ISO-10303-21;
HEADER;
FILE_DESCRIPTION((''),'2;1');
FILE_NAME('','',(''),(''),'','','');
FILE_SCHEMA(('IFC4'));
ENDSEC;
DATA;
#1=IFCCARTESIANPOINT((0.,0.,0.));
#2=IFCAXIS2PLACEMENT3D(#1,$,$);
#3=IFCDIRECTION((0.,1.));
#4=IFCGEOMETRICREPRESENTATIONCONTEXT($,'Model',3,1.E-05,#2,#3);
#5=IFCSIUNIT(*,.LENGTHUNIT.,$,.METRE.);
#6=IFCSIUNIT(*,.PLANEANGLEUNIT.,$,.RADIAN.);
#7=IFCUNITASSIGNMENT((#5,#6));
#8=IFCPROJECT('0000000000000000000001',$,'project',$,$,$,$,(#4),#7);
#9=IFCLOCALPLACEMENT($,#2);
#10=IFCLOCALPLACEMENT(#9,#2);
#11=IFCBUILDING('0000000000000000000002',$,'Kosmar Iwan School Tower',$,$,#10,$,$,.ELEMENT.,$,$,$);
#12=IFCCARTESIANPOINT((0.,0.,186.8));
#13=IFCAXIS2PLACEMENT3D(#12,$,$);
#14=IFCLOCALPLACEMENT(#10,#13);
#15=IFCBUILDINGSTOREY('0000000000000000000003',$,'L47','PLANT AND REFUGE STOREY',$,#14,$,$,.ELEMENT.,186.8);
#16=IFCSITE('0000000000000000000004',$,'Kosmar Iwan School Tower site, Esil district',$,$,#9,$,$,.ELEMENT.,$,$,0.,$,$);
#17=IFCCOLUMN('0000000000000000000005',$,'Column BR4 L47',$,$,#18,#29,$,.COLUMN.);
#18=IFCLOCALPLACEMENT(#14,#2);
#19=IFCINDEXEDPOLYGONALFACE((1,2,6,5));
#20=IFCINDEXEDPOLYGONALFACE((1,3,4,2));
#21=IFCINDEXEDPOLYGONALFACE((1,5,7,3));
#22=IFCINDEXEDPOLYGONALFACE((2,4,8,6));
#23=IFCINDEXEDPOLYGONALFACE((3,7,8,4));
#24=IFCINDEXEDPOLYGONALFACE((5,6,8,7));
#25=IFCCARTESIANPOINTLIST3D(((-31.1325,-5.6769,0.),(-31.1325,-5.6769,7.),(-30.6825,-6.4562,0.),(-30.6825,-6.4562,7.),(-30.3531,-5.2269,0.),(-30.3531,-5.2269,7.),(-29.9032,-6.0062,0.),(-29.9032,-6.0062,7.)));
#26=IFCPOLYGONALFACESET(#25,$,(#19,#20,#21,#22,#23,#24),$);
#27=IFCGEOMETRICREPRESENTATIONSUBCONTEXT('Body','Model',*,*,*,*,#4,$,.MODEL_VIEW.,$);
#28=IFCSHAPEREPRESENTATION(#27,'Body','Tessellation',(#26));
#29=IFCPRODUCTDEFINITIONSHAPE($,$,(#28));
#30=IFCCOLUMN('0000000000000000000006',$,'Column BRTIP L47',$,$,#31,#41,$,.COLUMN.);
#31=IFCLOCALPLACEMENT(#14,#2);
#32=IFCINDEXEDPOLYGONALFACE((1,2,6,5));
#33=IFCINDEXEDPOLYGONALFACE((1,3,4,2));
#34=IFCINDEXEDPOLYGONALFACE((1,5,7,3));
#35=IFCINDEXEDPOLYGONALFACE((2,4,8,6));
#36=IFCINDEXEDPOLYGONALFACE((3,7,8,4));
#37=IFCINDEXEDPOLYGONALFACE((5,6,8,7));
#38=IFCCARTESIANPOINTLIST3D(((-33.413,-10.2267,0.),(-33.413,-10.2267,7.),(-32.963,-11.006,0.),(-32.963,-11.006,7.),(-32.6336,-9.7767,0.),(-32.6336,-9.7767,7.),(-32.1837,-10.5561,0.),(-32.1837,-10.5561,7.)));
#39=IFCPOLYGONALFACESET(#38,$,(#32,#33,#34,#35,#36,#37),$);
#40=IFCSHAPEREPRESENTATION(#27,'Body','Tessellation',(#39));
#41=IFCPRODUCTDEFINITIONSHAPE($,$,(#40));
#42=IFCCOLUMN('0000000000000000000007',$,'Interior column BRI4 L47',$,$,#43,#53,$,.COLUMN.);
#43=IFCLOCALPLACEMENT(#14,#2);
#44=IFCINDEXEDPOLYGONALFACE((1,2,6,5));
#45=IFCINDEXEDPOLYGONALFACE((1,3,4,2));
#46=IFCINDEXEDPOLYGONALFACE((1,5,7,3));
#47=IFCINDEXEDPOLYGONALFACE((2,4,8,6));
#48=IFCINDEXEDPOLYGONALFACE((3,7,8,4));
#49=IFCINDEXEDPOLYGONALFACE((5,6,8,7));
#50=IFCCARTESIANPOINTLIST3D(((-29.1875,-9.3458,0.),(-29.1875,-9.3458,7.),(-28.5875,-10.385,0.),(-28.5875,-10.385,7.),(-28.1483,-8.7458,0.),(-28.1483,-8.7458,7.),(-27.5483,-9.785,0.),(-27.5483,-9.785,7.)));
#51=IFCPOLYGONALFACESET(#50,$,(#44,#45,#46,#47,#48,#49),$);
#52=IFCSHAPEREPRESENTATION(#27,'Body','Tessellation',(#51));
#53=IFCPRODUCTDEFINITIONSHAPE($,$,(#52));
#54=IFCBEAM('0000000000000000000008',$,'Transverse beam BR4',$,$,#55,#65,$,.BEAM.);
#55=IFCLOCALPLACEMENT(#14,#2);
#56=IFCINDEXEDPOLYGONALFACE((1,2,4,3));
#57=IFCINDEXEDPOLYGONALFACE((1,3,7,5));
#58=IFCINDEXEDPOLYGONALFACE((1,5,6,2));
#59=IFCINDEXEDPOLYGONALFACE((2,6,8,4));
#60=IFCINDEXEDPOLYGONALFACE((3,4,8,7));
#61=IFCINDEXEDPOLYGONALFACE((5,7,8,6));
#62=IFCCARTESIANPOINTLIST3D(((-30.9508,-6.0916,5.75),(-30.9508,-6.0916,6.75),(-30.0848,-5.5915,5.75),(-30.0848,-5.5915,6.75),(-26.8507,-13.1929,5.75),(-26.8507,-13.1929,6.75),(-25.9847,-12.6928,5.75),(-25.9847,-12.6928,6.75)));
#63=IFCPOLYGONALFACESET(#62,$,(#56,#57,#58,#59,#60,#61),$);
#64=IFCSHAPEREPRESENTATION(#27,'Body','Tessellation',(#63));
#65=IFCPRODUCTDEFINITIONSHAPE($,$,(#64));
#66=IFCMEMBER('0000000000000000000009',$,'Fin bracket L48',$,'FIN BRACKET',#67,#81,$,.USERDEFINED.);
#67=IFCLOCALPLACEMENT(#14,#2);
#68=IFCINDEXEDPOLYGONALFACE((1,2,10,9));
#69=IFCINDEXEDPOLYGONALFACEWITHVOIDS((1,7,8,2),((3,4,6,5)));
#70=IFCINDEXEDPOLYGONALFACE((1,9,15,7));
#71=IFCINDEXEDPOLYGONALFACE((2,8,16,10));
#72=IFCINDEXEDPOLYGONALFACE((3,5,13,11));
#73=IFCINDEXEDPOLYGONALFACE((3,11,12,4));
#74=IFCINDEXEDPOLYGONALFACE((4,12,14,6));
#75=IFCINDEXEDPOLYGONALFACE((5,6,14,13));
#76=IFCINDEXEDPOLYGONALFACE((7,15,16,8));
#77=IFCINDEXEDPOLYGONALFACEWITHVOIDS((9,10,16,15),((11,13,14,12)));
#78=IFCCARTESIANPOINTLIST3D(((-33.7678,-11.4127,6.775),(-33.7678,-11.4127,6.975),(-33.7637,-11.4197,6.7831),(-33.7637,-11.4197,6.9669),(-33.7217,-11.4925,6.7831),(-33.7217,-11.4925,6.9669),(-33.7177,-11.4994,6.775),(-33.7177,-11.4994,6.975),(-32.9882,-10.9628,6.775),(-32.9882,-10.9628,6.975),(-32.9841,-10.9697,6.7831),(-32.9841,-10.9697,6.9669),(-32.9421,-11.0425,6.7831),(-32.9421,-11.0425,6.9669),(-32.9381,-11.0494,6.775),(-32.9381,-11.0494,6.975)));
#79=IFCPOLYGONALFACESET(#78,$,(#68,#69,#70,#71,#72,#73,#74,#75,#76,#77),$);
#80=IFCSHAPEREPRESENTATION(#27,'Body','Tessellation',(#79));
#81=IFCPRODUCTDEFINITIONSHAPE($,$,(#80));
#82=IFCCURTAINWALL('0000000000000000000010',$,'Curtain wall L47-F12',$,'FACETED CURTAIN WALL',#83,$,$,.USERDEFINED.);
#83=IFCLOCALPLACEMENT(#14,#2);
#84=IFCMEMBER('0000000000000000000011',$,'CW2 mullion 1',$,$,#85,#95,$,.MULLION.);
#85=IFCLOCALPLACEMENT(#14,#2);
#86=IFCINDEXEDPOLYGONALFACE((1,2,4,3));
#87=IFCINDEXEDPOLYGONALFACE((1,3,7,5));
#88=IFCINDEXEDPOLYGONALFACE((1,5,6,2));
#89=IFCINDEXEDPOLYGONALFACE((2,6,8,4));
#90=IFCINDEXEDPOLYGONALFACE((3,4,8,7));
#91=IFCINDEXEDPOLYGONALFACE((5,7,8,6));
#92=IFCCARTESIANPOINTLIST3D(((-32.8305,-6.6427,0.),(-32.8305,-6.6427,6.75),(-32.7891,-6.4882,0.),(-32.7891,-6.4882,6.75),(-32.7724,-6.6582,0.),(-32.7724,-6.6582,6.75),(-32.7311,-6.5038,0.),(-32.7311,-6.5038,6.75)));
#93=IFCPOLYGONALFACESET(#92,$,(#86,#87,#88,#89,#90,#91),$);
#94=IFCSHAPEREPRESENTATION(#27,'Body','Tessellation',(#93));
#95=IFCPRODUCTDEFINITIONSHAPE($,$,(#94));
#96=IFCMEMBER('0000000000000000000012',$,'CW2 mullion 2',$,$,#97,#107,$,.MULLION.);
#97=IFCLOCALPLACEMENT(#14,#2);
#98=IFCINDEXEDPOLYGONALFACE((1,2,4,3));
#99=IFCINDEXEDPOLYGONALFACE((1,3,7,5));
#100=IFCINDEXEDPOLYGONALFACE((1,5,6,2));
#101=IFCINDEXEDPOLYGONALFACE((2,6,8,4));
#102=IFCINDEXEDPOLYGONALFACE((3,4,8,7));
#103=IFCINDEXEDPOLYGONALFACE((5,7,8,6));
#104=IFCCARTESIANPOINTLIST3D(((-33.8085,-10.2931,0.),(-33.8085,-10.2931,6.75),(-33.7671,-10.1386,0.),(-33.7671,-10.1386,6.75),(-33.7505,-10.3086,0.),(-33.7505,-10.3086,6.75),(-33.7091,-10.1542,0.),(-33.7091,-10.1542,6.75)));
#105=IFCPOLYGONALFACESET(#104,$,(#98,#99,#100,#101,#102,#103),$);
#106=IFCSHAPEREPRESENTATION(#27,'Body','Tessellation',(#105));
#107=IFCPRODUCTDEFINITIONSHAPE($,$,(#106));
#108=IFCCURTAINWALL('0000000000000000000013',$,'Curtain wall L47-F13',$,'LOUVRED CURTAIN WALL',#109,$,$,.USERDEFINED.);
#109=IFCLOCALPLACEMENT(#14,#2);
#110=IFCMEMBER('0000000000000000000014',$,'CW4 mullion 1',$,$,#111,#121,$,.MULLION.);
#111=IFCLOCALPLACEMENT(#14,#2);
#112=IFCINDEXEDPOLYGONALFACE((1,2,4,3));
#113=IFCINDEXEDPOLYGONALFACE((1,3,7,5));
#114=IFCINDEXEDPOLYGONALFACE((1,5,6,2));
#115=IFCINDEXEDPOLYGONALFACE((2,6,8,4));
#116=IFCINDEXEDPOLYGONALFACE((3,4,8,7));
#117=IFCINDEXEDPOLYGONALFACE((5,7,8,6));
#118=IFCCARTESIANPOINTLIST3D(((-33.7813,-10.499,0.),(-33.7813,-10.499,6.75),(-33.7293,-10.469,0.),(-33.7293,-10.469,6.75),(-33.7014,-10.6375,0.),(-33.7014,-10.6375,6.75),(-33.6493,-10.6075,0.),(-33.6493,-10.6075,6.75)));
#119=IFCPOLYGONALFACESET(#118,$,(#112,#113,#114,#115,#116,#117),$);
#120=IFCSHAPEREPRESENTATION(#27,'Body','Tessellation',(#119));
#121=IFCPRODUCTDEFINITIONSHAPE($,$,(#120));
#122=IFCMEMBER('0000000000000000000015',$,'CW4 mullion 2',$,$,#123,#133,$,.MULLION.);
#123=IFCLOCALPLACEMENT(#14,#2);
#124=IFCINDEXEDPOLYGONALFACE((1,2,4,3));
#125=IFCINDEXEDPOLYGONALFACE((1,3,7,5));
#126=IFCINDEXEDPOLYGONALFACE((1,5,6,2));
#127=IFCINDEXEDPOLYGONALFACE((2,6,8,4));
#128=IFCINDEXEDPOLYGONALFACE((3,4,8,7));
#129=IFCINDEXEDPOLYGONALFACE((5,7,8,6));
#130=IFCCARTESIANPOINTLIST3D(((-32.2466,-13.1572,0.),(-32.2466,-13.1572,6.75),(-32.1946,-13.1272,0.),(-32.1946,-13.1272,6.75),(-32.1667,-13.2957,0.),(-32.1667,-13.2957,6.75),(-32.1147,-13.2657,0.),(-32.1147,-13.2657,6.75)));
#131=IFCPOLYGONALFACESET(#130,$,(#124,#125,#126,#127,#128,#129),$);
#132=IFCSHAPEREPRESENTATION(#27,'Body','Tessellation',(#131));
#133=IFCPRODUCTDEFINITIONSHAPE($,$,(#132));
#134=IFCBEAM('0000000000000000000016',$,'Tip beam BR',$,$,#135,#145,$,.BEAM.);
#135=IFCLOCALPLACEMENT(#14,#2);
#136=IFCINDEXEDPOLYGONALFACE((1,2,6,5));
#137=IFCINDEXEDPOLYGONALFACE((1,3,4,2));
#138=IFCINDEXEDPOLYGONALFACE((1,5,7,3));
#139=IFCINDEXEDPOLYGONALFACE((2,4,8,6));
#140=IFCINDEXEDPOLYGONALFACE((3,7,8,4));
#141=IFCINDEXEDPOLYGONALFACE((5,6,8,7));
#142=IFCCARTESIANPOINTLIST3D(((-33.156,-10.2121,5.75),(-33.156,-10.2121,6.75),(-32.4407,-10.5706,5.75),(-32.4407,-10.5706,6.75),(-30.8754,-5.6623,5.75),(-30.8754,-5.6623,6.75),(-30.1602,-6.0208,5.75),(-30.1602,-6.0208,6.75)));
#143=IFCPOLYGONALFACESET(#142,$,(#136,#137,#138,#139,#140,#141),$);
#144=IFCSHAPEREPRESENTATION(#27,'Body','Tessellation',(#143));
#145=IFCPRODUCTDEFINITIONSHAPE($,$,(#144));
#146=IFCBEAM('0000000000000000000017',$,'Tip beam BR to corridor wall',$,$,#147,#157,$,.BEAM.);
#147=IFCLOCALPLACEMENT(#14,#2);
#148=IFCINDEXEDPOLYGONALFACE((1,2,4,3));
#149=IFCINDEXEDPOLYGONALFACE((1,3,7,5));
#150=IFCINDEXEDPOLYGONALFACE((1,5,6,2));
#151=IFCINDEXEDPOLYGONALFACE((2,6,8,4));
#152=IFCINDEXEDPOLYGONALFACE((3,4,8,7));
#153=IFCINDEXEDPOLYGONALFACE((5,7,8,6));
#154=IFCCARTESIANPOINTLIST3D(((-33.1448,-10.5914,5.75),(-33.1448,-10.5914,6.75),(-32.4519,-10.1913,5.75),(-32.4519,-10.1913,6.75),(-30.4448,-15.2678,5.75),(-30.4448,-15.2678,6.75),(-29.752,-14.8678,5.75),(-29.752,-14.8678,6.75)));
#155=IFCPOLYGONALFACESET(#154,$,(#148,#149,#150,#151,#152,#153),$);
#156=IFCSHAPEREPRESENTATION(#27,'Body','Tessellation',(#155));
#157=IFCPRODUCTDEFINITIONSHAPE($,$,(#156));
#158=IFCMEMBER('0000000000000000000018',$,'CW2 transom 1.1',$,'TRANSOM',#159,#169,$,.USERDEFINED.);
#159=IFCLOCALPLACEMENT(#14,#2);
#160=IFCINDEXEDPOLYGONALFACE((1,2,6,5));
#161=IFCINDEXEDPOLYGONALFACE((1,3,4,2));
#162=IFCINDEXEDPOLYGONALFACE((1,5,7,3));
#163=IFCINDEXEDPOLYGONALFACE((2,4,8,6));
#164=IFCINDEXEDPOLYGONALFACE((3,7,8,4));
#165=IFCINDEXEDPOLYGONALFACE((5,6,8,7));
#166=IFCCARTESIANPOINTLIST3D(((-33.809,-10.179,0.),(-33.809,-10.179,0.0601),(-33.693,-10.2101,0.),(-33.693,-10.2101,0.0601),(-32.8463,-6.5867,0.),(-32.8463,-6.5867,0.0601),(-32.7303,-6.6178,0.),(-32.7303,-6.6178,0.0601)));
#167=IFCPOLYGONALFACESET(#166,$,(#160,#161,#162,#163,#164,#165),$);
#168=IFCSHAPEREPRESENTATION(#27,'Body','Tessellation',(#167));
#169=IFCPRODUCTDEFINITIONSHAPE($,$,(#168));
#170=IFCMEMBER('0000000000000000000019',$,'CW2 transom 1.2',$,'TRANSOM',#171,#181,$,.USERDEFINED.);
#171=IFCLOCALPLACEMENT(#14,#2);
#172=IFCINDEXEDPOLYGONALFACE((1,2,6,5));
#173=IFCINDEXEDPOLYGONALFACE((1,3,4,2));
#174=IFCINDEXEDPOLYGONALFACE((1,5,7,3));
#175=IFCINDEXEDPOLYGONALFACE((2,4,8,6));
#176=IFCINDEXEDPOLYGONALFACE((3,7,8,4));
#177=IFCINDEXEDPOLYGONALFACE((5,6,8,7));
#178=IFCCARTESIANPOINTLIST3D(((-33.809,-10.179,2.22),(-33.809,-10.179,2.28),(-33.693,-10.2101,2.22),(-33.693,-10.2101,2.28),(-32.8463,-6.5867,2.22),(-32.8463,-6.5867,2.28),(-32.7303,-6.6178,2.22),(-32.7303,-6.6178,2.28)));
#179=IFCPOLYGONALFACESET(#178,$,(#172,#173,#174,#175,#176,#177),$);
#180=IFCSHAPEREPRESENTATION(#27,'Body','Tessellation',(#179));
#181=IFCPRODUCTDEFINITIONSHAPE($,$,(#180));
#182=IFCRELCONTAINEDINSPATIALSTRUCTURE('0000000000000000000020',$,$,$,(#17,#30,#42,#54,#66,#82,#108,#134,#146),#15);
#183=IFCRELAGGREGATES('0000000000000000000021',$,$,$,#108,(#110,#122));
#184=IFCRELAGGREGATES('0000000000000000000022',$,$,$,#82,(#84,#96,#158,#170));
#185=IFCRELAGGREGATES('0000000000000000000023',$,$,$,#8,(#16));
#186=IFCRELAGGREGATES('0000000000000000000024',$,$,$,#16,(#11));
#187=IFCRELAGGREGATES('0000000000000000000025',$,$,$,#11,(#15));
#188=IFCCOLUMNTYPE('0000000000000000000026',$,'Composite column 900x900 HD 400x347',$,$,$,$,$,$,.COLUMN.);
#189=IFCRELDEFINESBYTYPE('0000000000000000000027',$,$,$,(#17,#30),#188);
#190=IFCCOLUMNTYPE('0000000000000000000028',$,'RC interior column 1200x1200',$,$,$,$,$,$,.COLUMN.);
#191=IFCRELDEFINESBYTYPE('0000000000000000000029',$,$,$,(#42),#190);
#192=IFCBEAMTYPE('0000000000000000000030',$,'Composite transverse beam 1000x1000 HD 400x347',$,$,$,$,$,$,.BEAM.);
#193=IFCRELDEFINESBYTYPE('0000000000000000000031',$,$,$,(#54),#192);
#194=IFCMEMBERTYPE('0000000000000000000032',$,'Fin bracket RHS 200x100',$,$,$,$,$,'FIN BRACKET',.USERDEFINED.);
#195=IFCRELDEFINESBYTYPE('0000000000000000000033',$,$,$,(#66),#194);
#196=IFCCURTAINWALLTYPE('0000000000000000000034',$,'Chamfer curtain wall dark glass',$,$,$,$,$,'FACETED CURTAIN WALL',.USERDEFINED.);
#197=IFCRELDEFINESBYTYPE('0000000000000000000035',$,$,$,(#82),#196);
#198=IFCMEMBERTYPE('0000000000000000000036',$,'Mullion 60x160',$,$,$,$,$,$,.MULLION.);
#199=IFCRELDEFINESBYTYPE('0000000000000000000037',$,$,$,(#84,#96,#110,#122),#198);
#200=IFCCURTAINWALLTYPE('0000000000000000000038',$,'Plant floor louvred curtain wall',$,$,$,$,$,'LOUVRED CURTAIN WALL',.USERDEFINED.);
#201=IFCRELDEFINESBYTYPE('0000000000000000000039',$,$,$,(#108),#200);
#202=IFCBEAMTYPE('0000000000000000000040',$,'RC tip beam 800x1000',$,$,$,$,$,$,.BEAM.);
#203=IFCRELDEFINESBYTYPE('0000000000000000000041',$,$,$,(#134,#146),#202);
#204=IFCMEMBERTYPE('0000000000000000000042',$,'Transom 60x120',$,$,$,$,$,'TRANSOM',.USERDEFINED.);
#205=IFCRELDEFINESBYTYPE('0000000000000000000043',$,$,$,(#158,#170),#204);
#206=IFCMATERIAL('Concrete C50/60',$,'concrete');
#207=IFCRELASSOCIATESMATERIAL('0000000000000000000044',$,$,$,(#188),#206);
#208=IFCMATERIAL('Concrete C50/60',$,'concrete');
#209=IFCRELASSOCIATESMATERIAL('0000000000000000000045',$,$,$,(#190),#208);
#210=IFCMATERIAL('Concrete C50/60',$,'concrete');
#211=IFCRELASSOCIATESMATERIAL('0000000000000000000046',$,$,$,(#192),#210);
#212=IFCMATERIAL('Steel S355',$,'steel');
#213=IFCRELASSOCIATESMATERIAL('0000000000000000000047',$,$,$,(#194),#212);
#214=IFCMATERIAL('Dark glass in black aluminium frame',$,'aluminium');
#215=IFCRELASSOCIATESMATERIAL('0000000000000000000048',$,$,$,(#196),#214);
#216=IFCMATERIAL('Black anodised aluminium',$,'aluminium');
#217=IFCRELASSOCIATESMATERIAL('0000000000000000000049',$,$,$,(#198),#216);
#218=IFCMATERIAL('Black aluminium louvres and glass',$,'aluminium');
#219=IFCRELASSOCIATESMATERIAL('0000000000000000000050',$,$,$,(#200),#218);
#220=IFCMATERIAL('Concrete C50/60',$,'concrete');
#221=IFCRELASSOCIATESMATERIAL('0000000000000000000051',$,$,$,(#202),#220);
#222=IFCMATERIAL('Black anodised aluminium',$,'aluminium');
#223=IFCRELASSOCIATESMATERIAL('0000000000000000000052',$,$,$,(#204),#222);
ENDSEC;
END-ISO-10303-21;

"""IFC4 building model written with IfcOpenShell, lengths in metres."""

from ifc_helpers import new_model, si_unit, direction, frame, origin, origin_2d, place, context, subcontext, project, spatial, rectangle, hollow_rectangle, extrude, material, material_profile, profile_set, type_object, element, aggregate, save


model = new_model("IFC4")

# Units and contexts
model_context = context("Model", 3, precision=1e-05, world=origin(), true_north=direction((0.0, 1.0)))
body_context = subcontext(model_context, "Body", "Model", "MODEL_VIEW")
ifc_project = project(units=[si_unit("LENGTHUNIT", "METRE"), si_unit("PLANEANGLEUNIT", "RADIAN")], contexts=[model_context])

# Site, building, storey
site_placement = place(None, origin())
site = spatial("IfcSite", under=ifc_project, at=site_placement, Name="Kosmar Iwan School Tower site, Esil district", CompositionType="ELEMENT", RefElevation=0.0)
building_placement = place(site_placement, origin())
building = spatial("IfcBuilding", under=site, at=building_placement, Name="Kosmar Iwan School Tower", CompositionType="ELEMENT")
storey_placement = place(building_placement, frame((0.0, 0.0, 186.8)))
storey = spatial("IfcBuildingStorey", under=building, at=storey_placement, Name="L47", Description="PLANT AND REFUGE STOREY", CompositionType="ELEMENT", Elevation=186.8)

# Columns
ifc_material_1 = material(Name="Concrete C50/60", Category="concrete")
ifc_material_profile_1 = material_profile(ifc_material_1, rectangle(XDim=0.8999, YDim=0.8999, at=origin_2d()), Name="RC 900x900 + HD 400x347")
ifc_profile_set_1 = profile_set([ifc_material_profile_1], Name="Concrete C50/60")
column_type_1 = type_object("IfcColumnType", Name="Composite column 900x900 HD 400x347", PredefinedType="COLUMN", material=ifc_profile_set_1)
for number, where, z_axis, x_axis, name in (
    (1, (-30.5178, -5.8416, 0.0), (0.0, 0.0, 1.0), (-0.866025, -0.5, 0.0), "Column BR4 L47"),
    (2, (-32.7983, -10.3914, 0.0), (0.0, 0.0, 1.0), (-0.866025, -0.5, 0.0), "Column BRTIP L47"),
):
    element("IfcColumn", number, at=place(storey_placement, frame(where, z_axis=z_axis, x_axis=x_axis)), inside=storey, type_object=column_type_1, Name=name, PredefinedType="COLUMN", context=body_context, shape_type="SweptSolid", body=[
        extrude(rectangle(XDim=0.8999, YDim=0.8999, at=origin_2d()), origin(), (0.0, 0.0, 1.0), 7.0),
    ])
ifc_material_2 = material(Name="Concrete C50/60", Category="concrete")
ifc_material_profile_2 = material_profile(ifc_material_2, rectangle(XDim=1.2, YDim=1.2, at=origin_2d()), Name="RC 1200x1200")
ifc_profile_set_2 = profile_set([ifc_material_profile_2], Name="Concrete C50/60")
column_type_2 = type_object("IfcColumnType", Name="RC interior column 1200x1200", PredefinedType="COLUMN", material=ifc_profile_set_2)
column_placement = place(storey_placement, frame((-28.3679, -9.5654, 0.0), z_axis=(0.0, 0.0, 1.0), x_axis=(-0.866025, -0.5, 0.0)))
element("IfcColumn", 3, at=column_placement, inside=storey, type_object=column_type_2, Name="Interior column BRI4 L47", PredefinedType="COLUMN", context=body_context, shape_type="SweptSolid", body=[
    extrude(rectangle(XDim=1.2, YDim=1.2, at=origin_2d()), origin(), (0.0, 0.0, 1.0), 7.0),
])

# Beam
ifc_material_3 = material(Name="Concrete C50/60", Category="concrete")
ifc_material_profile_3 = material_profile(ifc_material_3, rectangle(XDim=1.0, YDim=1.0, at=origin_2d()), Name="RC 1000x1000 + HD 400x347")
ifc_profile_set_3 = profile_set([ifc_material_profile_3], Name="Concrete C50/60")
beam_type_1 = type_object("IfcBeamType", Name="Composite transverse beam 1000x1000 HD 400x347", PredefinedType="BEAM", material=ifc_profile_set_3)
beam_1_placement = place(storey_placement, frame((-30.5178, -5.8416, 6.25), z_axis=(0.500014, -0.866018, 0.0), x_axis=(0.866018, 0.500014, 0.0)))
element("IfcBeam", 4, at=beam_1_placement, inside=storey, type_object=beam_type_1, Name="Transverse beam BR4", PredefinedType="BEAM", context=body_context, shape_type="SweptSolid", body=[
    extrude(rectangle(XDim=1.0, YDim=1.0, at=origin_2d()), origin(), (0.0, 0.0, 1.0), 8.2),
])

# Member
ifc_material_4 = material(Name="Steel S355", Category="steel")
ifc_material_profile_4 = material_profile(ifc_material_4, hollow_rectangle(XDim=0.1001, YDim=0.2, WallThickness=0.0081, at=origin_2d()), Name="RHS 200x100x8")
ifc_profile_set_4 = profile_set([ifc_material_profile_4], Name="Steel S355")
member_type_1 = type_object("IfcMemberType", Name="Fin bracket RHS 200x100", ElementType="FIN BRACKET", PredefinedType="USERDEFINED", material=ifc_profile_set_4)
member_1_placement = place(storey_placement, frame((-32.9631, -11.0061, 6.875), z_axis=(-0.866082, -0.499902, 0.0), x_axis=(0.499902, -0.866082, 0.0)))
element("IfcMember", 5, at=member_1_placement, inside=storey, type_object=member_type_1, Name="Fin bracket L48", ObjectType="FIN BRACKET", PredefinedType="USERDEFINED", context=body_context, shape_type="SweptSolid", body=[
    extrude(hollow_rectangle(XDim=0.1001, YDim=0.2, WallThickness=0.0081, at=origin_2d()), origin(), (0.0, 0.0, 1.0), 0.9001),
])

# Curtain walls, members
ifc_material_5 = material(Name="Dark glass in black aluminium frame", Category="aluminium")
curtain_wall_type_1 = type_object("IfcCurtainWallType", Name="Chamfer curtain wall dark glass", ElementType="FACETED CURTAIN WALL", PredefinedType="USERDEFINED", material=ifc_material_5)
curtain_wall_1_placement = place(storey_placement, origin())
curtain_wall_1 = element("IfcCurtainWall", 6, at=curtain_wall_1_placement, inside=storey, type_object=curtain_wall_type_1, Name="Curtain wall L47-F12", ObjectType="FACETED CURTAIN WALL", PredefinedType="USERDEFINED")
ifc_material_6 = material(Name="Black anodised aluminium", Category="aluminium")
ifc_material_profile_5 = material_profile(ifc_material_6, rectangle(XDim=0.0601, YDim=0.1599, at=origin_2d()), Name="MULLION 60x160")
ifc_profile_set_5 = profile_set([ifc_material_profile_5], Name="Black anodised aluminium")
member_type_2 = type_object("IfcMemberType", Name="Mullion 60x160", PredefinedType="MULLION", material=ifc_profile_set_5)
member_2_placement = place(storey_placement, frame((-32.7808, -6.5732, 0.0), z_axis=(0.0, 0.0, 1.0), x_axis=(0.965926, -0.258819, 0.0)))
member_2 = element("IfcMember", 7, at=member_2_placement, type_object=member_type_2, Name="CW2 mullion 1", PredefinedType="MULLION", context=body_context, shape_type="SweptSolid", body=[
    extrude(rectangle(XDim=0.0601, YDim=0.1599, at=origin_2d()), origin(), (0.0, 0.0, 1.0), 6.75),
])
member_3_placement = place(storey_placement, frame((-33.7588, -10.2236, 0.0), z_axis=(0.0, 0.0, 1.0), x_axis=(0.965926, -0.258819, 0.0)))
member_3 = element("IfcMember", 8, at=member_3_placement, type_object=member_type_2, Name="CW2 mullion 2", PredefinedType="MULLION", context=body_context, shape_type="SweptSolid", body=[
    extrude(rectangle(XDim=0.0601, YDim=0.1599, at=origin_2d()), origin(), (0.0, 0.0, 1.0), 6.75),
])
ifc_material_7 = material(Name="Black aluminium louvres and glass", Category="aluminium")
curtain_wall_type_2 = type_object("IfcCurtainWallType", Name="Plant floor louvred curtain wall", ElementType="LOUVRED CURTAIN WALL", PredefinedType="USERDEFINED", material=ifc_material_7)
curtain_wall_2_placement = place(storey_placement, origin())
curtain_wall_2 = element("IfcCurtainWall", 9, at=curtain_wall_2_placement, inside=storey, type_object=curtain_wall_type_2, Name="Curtain wall L47-F13", ObjectType="LOUVRED CURTAIN WALL", PredefinedType="USERDEFINED")
member_4_placement = place(storey_placement, frame((-33.7153, -10.5532, 0.0), z_axis=(0.0, 0.0, 1.0), x_axis=(0.866025, 0.5, 0.0)))
member_4 = element("IfcMember", 10, at=member_4_placement, type_object=member_type_2, Name="CW4 mullion 1", PredefinedType="MULLION", context=body_context, shape_type="SweptSolid", body=[
    extrude(rectangle(XDim=0.0601, YDim=0.1599, at=origin_2d()), origin(), (0.0, 0.0, 1.0), 6.75),
])
member_5_placement = place(storey_placement, frame((-32.1807, -13.2114, 0.0), z_axis=(0.0, 0.0, 1.0), x_axis=(0.866025, 0.5, 0.0)))
member_5 = element("IfcMember", 11, at=member_5_placement, type_object=member_type_2, Name="CW4 mullion 2", PredefinedType="MULLION", context=body_context, shape_type="SweptSolid", body=[
    extrude(rectangle(XDim=0.0601, YDim=0.1599, at=origin_2d()), origin(), (0.0, 0.0, 1.0), 6.75),
])

# Beams
ifc_material_8 = material(Name="Concrete C50/60", Category="concrete")
ifc_material_profile_6 = material_profile(ifc_material_8, rectangle(XDim=0.8, YDim=1.0, at=origin_2d()), Name="RC 800x1000")
ifc_profile_set_6 = profile_set([ifc_material_profile_6], Name="Concrete C50/60")
beam_type_2 = type_object("IfcBeamType", Name="RC tip beam 800x1000", PredefinedType="BEAM", material=ifc_profile_set_6)
beam_2_placement = place(storey_placement, frame((-30.5178, -5.8416, 6.25), z_axis=(-0.448096, -0.893985, 0.0), x_axis=(0.893985, -0.448096, 0.0)))
element("IfcBeam", 12, at=beam_2_placement, inside=storey, type_object=beam_type_2, Name="Tip beam BR", PredefinedType="BEAM", context=body_context, shape_type="SweptSolid", body=[
    extrude(rectangle(XDim=0.8, YDim=1.0, at=origin_2d()), origin(), (0.0, 0.0, 1.0), 5.0894),
])
beam_3_placement = place(storey_placement, frame((-32.7983, -10.3914, 6.25), z_axis=(0.499995, -0.866028, 0.0), x_axis=(0.866028, 0.499995, 0.0)))
element("IfcBeam", 13, at=beam_3_placement, inside=storey, type_object=beam_type_2, Name="Tip beam BR to corridor wall", PredefinedType="BEAM", context=body_context, shape_type="SweptSolid", body=[
    extrude(rectangle(XDim=0.8, YDim=1.0, at=origin_2d()), origin(), (0.0, 0.0, 1.0), 5.3999),
])

# Members
ifc_material_9 = material(Name="Black anodised aluminium", Category="aluminium")
ifc_material_profile_7 = material_profile(ifc_material_9, rectangle(XDim=0.1201, YDim=0.0601, at=origin_2d()), Name="TRANSOM 60x120")
ifc_profile_set_7 = profile_set([ifc_material_profile_7], Name="Black anodised aluminium")
member_type_3 = type_object("IfcMemberType", Name="Transom 60x120", ElementType="TRANSOM", PredefinedType="USERDEFINED", material=ifc_profile_set_7)
member_6_placement = place(storey_placement, frame((-32.7883, -6.6023, 0.03), z_axis=(-0.258843, -0.965919, 0.0), x_axis=(0.965919, -0.258843, 0.0)))
member_6 = element("IfcMember", 14, at=member_6_placement, type_object=member_type_3, Name="CW2 transom 1.1", ObjectType="TRANSOM", PredefinedType="USERDEFINED", context=body_context, shape_type="SweptSolid", body=[
    extrude(rectangle(XDim=0.1201, YDim=0.0601, at=origin_2d()), origin(), (0.0, 0.0, 1.0), 3.719),
])
member_7_placement = place(storey_placement, frame((-32.7883, -6.6023, 2.25), z_axis=(-0.258843, -0.965919, 0.0), x_axis=(0.965919, -0.258843, 0.0)))
member_7 = element("IfcMember", 15, at=member_7_placement, type_object=member_type_3, Name="CW2 transom 1.2", ObjectType="TRANSOM", PredefinedType="USERDEFINED", context=body_context, shape_type="SweptSolid", body=[
    extrude(rectangle(XDim=0.1201, YDim=0.0601, at=origin_2d()), origin(), (0.0, 0.0, 1.0), 3.719),
])

aggregate(curtain_wall_2, [member_4, member_5])
aggregate(curtain_wall_1, [member_2, member_3, member_6, member_7])

save(model, "model.ifc")
